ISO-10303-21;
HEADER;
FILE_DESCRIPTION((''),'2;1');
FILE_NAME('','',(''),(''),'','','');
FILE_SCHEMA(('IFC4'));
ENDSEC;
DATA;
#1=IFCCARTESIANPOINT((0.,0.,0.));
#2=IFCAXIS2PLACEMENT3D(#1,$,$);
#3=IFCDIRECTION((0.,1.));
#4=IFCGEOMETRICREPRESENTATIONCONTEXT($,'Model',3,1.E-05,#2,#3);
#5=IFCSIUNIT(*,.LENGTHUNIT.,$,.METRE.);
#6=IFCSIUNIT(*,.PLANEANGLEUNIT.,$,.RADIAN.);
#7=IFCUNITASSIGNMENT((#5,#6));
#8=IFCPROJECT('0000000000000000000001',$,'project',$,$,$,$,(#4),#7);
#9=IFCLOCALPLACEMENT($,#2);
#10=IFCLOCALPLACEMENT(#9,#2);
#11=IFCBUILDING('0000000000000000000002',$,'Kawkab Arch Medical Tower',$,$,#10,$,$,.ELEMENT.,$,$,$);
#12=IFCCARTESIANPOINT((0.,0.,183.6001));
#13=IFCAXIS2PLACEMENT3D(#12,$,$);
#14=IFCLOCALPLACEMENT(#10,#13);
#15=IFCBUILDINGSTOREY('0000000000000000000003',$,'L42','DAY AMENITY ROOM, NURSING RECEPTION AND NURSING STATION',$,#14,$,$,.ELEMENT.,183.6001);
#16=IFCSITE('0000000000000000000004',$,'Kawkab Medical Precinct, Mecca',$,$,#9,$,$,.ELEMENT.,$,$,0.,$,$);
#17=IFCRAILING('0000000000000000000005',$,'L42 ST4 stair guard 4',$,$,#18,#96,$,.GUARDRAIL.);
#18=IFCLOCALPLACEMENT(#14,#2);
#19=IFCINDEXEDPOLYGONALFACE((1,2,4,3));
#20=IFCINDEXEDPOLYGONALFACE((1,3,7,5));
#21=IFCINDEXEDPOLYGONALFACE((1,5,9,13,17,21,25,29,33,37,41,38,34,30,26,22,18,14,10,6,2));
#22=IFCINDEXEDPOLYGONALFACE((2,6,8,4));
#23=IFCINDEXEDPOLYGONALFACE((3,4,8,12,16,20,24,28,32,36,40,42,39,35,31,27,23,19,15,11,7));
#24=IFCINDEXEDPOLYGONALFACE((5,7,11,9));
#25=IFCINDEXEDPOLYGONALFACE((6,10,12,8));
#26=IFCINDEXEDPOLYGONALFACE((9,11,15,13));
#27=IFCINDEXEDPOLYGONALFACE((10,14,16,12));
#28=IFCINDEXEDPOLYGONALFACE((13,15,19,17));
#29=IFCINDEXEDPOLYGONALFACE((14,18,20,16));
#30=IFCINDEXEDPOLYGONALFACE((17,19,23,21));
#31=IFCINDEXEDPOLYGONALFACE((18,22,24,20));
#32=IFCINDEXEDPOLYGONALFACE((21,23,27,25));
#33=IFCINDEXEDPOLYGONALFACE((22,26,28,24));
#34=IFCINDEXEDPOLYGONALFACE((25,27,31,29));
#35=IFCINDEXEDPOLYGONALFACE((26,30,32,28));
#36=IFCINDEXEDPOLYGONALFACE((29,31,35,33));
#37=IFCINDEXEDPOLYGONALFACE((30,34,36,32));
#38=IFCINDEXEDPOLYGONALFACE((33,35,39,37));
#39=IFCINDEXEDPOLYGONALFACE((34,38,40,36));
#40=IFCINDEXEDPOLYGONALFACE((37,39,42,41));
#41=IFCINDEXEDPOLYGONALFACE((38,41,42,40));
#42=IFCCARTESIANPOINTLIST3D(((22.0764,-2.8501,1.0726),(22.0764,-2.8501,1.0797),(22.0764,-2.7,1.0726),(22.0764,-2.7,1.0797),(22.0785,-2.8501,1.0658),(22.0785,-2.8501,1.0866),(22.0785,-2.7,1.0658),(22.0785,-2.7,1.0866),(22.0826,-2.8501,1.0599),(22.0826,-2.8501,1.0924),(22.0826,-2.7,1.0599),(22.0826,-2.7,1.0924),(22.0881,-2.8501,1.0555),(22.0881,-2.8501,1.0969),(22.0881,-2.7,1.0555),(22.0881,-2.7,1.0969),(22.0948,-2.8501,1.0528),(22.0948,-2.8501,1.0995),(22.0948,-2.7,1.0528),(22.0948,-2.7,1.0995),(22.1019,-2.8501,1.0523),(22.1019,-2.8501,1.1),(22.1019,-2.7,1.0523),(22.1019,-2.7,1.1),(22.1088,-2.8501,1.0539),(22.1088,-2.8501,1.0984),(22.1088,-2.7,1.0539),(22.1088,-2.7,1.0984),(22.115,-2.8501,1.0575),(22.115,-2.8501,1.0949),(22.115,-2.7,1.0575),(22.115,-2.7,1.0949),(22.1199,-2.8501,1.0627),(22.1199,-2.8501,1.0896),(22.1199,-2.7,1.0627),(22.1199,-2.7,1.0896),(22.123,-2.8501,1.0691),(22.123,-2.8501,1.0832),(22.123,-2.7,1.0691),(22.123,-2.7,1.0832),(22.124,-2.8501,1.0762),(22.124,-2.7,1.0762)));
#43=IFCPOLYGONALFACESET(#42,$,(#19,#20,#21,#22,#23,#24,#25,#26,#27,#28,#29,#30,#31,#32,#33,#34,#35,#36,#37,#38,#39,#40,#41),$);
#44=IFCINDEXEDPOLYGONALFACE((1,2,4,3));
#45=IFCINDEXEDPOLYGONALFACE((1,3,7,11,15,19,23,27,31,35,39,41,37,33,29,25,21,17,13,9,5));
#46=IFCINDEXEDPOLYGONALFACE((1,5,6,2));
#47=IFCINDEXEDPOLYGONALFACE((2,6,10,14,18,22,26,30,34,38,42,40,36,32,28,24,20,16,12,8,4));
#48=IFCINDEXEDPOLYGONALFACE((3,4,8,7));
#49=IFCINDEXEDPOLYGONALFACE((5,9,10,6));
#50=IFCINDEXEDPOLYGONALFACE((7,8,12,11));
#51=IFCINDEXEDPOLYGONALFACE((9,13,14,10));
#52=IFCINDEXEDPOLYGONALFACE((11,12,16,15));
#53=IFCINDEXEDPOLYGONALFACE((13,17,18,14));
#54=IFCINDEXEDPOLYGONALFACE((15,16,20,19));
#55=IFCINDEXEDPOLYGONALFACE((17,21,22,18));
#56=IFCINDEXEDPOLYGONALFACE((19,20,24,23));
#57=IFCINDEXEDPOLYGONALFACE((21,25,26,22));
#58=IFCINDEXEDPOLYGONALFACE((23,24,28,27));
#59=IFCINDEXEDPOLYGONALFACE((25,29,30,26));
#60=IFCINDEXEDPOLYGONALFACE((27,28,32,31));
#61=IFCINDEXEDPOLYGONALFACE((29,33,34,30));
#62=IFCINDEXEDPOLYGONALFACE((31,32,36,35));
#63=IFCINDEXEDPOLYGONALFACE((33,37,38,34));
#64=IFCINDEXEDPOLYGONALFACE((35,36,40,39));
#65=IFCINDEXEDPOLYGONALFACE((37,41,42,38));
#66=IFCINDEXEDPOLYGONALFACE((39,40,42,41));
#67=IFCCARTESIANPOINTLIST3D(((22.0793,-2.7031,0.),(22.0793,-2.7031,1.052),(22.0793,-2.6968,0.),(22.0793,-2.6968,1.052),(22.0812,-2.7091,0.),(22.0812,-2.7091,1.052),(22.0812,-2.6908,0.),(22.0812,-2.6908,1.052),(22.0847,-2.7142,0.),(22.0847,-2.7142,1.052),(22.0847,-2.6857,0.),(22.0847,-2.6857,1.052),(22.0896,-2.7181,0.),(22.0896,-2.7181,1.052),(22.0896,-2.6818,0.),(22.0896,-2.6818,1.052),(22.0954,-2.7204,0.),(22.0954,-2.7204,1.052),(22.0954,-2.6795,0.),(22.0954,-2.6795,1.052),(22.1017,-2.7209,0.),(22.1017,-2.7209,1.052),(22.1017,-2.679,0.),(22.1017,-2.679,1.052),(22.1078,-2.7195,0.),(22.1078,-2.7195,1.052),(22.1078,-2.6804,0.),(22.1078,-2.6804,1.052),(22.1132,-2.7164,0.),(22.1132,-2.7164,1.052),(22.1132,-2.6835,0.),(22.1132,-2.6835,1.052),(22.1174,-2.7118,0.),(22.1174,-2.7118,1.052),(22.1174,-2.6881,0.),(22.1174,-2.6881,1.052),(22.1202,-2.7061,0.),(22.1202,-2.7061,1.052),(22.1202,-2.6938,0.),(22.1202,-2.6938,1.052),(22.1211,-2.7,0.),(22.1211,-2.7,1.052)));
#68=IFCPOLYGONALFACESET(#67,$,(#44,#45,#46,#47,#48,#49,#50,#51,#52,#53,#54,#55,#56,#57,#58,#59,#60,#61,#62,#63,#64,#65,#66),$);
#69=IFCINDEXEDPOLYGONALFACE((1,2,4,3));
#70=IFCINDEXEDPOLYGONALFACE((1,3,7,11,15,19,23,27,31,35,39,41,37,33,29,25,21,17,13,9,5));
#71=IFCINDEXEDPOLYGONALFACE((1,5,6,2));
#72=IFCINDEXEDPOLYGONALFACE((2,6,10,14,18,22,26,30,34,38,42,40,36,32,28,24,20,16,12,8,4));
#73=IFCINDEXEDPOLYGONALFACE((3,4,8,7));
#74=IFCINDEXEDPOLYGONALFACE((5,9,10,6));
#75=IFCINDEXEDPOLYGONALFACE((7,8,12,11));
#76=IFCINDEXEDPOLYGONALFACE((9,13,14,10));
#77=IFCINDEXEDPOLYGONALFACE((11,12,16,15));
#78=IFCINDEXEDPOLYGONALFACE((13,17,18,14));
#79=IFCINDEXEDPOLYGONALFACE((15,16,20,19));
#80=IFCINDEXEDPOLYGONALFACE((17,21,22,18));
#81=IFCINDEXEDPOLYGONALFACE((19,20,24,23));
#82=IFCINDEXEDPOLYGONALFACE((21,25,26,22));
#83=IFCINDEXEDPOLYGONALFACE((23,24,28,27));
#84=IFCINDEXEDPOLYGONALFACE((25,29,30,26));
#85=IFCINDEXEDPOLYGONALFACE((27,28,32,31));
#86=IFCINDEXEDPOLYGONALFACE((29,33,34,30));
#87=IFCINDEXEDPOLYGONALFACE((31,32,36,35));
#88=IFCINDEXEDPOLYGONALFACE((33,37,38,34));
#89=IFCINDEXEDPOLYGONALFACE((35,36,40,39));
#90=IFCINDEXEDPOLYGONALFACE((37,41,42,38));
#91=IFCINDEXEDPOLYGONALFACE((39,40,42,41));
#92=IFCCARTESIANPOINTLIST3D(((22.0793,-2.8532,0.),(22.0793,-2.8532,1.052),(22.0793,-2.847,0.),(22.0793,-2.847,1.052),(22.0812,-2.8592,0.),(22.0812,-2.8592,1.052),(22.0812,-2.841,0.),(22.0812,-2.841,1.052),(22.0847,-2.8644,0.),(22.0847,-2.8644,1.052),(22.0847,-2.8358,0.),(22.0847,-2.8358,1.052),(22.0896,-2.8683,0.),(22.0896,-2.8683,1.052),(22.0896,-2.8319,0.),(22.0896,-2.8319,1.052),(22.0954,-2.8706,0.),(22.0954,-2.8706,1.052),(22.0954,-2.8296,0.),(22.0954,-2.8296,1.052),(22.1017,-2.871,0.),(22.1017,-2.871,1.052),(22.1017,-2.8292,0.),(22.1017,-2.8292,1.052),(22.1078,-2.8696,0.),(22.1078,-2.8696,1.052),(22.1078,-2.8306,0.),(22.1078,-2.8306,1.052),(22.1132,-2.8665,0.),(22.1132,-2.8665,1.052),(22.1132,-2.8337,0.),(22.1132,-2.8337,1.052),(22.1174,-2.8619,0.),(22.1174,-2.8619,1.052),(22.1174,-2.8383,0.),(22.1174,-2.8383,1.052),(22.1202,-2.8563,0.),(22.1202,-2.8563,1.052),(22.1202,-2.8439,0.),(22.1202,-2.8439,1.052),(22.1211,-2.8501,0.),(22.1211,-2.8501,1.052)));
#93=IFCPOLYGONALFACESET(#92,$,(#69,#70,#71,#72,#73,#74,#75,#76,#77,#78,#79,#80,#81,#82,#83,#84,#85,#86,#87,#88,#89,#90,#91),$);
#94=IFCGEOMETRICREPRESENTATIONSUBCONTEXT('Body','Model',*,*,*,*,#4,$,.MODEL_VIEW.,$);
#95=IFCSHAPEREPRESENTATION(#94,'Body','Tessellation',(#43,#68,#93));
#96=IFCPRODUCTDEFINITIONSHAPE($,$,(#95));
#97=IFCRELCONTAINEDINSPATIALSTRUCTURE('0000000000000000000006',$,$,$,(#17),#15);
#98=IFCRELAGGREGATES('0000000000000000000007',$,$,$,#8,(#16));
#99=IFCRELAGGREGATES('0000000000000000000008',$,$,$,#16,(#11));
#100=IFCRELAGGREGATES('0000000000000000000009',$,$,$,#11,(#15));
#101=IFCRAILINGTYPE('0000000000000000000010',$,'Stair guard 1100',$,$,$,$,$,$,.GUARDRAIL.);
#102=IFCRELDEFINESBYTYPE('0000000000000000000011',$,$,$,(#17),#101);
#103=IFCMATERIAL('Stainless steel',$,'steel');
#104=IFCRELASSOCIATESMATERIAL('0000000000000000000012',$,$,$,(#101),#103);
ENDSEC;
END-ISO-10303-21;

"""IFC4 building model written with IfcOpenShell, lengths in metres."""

from ifc_helpers import new_model, si_unit, direction, frame, origin, origin_2d, place, context, subcontext, project, spatial, circle, extrude, material, type_object, element, save


model = new_model("IFC4")

# Units and contexts
model_context = context("Model", 3, precision=1e-05, world=origin(), true_north=direction((0.0, 1.0)))
body_context = subcontext(model_context, "Body", "Model", "MODEL_VIEW")
ifc_project = project(units=[si_unit("LENGTHUNIT", "METRE"), si_unit("PLANEANGLEUNIT", "RADIAN")], contexts=[model_context])

# Site, building, storey
site_placement = place(None, origin())
site = spatial("IfcSite", under=ifc_project, at=site_placement, Name="Kawkab Medical Precinct, Mecca", CompositionType="ELEMENT", RefElevation=0.0)
building_placement = place(site_placement, origin())
building = spatial("IfcBuilding", under=site, at=building_placement, Name="Kawkab Arch Medical Tower", CompositionType="ELEMENT")
storey_placement = place(building_placement, frame((0.0, 0.0, 183.6001)))
storey = spatial("IfcBuildingStorey", under=building, at=storey_placement, Name="L42", Description="DAY AMENITY ROOM, NURSING RECEPTION AND NURSING STATION", CompositionType="ELEMENT", Elevation=183.6001)

# Railing
ifc_material_1 = material(Name="Stainless steel", Category="steel")
railing_type_1 = type_object("IfcRailingType", Name="Stair guard 1100", PredefinedType="GUARDRAIL", material=ifc_material_1)
railing_1_placement = place(storey_placement, frame((22.1001, -2.7, 0.0)))
element("IfcRailing", 1, at=railing_1_placement, inside=storey, type_object=railing_type_1, Name="L42 ST4 stair guard 4", PredefinedType="GUARDRAIL", context=body_context, shape_type="SweptSolid", body=[
    extrude(circle(Radius=0.0239, at=origin_2d()), frame((0.0, 0.0, 1.0762), z_axis=(0.0, -1.0, 0.0), x_axis=(1.0, 0.0, 0.0)), (0.0, 0.0, 1.0), 0.1501),
    extrude(circle(Radius=0.021, at=origin_2d()), origin(), (0.0, 0.0, 1.0), 1.052),
    extrude(circle(Radius=0.021, at=origin_2d()), frame((0.0, -0.1501, 0.0)), (0.0, 0.0, 1.0), 1.052),
])

save(model, "model.ifc")
